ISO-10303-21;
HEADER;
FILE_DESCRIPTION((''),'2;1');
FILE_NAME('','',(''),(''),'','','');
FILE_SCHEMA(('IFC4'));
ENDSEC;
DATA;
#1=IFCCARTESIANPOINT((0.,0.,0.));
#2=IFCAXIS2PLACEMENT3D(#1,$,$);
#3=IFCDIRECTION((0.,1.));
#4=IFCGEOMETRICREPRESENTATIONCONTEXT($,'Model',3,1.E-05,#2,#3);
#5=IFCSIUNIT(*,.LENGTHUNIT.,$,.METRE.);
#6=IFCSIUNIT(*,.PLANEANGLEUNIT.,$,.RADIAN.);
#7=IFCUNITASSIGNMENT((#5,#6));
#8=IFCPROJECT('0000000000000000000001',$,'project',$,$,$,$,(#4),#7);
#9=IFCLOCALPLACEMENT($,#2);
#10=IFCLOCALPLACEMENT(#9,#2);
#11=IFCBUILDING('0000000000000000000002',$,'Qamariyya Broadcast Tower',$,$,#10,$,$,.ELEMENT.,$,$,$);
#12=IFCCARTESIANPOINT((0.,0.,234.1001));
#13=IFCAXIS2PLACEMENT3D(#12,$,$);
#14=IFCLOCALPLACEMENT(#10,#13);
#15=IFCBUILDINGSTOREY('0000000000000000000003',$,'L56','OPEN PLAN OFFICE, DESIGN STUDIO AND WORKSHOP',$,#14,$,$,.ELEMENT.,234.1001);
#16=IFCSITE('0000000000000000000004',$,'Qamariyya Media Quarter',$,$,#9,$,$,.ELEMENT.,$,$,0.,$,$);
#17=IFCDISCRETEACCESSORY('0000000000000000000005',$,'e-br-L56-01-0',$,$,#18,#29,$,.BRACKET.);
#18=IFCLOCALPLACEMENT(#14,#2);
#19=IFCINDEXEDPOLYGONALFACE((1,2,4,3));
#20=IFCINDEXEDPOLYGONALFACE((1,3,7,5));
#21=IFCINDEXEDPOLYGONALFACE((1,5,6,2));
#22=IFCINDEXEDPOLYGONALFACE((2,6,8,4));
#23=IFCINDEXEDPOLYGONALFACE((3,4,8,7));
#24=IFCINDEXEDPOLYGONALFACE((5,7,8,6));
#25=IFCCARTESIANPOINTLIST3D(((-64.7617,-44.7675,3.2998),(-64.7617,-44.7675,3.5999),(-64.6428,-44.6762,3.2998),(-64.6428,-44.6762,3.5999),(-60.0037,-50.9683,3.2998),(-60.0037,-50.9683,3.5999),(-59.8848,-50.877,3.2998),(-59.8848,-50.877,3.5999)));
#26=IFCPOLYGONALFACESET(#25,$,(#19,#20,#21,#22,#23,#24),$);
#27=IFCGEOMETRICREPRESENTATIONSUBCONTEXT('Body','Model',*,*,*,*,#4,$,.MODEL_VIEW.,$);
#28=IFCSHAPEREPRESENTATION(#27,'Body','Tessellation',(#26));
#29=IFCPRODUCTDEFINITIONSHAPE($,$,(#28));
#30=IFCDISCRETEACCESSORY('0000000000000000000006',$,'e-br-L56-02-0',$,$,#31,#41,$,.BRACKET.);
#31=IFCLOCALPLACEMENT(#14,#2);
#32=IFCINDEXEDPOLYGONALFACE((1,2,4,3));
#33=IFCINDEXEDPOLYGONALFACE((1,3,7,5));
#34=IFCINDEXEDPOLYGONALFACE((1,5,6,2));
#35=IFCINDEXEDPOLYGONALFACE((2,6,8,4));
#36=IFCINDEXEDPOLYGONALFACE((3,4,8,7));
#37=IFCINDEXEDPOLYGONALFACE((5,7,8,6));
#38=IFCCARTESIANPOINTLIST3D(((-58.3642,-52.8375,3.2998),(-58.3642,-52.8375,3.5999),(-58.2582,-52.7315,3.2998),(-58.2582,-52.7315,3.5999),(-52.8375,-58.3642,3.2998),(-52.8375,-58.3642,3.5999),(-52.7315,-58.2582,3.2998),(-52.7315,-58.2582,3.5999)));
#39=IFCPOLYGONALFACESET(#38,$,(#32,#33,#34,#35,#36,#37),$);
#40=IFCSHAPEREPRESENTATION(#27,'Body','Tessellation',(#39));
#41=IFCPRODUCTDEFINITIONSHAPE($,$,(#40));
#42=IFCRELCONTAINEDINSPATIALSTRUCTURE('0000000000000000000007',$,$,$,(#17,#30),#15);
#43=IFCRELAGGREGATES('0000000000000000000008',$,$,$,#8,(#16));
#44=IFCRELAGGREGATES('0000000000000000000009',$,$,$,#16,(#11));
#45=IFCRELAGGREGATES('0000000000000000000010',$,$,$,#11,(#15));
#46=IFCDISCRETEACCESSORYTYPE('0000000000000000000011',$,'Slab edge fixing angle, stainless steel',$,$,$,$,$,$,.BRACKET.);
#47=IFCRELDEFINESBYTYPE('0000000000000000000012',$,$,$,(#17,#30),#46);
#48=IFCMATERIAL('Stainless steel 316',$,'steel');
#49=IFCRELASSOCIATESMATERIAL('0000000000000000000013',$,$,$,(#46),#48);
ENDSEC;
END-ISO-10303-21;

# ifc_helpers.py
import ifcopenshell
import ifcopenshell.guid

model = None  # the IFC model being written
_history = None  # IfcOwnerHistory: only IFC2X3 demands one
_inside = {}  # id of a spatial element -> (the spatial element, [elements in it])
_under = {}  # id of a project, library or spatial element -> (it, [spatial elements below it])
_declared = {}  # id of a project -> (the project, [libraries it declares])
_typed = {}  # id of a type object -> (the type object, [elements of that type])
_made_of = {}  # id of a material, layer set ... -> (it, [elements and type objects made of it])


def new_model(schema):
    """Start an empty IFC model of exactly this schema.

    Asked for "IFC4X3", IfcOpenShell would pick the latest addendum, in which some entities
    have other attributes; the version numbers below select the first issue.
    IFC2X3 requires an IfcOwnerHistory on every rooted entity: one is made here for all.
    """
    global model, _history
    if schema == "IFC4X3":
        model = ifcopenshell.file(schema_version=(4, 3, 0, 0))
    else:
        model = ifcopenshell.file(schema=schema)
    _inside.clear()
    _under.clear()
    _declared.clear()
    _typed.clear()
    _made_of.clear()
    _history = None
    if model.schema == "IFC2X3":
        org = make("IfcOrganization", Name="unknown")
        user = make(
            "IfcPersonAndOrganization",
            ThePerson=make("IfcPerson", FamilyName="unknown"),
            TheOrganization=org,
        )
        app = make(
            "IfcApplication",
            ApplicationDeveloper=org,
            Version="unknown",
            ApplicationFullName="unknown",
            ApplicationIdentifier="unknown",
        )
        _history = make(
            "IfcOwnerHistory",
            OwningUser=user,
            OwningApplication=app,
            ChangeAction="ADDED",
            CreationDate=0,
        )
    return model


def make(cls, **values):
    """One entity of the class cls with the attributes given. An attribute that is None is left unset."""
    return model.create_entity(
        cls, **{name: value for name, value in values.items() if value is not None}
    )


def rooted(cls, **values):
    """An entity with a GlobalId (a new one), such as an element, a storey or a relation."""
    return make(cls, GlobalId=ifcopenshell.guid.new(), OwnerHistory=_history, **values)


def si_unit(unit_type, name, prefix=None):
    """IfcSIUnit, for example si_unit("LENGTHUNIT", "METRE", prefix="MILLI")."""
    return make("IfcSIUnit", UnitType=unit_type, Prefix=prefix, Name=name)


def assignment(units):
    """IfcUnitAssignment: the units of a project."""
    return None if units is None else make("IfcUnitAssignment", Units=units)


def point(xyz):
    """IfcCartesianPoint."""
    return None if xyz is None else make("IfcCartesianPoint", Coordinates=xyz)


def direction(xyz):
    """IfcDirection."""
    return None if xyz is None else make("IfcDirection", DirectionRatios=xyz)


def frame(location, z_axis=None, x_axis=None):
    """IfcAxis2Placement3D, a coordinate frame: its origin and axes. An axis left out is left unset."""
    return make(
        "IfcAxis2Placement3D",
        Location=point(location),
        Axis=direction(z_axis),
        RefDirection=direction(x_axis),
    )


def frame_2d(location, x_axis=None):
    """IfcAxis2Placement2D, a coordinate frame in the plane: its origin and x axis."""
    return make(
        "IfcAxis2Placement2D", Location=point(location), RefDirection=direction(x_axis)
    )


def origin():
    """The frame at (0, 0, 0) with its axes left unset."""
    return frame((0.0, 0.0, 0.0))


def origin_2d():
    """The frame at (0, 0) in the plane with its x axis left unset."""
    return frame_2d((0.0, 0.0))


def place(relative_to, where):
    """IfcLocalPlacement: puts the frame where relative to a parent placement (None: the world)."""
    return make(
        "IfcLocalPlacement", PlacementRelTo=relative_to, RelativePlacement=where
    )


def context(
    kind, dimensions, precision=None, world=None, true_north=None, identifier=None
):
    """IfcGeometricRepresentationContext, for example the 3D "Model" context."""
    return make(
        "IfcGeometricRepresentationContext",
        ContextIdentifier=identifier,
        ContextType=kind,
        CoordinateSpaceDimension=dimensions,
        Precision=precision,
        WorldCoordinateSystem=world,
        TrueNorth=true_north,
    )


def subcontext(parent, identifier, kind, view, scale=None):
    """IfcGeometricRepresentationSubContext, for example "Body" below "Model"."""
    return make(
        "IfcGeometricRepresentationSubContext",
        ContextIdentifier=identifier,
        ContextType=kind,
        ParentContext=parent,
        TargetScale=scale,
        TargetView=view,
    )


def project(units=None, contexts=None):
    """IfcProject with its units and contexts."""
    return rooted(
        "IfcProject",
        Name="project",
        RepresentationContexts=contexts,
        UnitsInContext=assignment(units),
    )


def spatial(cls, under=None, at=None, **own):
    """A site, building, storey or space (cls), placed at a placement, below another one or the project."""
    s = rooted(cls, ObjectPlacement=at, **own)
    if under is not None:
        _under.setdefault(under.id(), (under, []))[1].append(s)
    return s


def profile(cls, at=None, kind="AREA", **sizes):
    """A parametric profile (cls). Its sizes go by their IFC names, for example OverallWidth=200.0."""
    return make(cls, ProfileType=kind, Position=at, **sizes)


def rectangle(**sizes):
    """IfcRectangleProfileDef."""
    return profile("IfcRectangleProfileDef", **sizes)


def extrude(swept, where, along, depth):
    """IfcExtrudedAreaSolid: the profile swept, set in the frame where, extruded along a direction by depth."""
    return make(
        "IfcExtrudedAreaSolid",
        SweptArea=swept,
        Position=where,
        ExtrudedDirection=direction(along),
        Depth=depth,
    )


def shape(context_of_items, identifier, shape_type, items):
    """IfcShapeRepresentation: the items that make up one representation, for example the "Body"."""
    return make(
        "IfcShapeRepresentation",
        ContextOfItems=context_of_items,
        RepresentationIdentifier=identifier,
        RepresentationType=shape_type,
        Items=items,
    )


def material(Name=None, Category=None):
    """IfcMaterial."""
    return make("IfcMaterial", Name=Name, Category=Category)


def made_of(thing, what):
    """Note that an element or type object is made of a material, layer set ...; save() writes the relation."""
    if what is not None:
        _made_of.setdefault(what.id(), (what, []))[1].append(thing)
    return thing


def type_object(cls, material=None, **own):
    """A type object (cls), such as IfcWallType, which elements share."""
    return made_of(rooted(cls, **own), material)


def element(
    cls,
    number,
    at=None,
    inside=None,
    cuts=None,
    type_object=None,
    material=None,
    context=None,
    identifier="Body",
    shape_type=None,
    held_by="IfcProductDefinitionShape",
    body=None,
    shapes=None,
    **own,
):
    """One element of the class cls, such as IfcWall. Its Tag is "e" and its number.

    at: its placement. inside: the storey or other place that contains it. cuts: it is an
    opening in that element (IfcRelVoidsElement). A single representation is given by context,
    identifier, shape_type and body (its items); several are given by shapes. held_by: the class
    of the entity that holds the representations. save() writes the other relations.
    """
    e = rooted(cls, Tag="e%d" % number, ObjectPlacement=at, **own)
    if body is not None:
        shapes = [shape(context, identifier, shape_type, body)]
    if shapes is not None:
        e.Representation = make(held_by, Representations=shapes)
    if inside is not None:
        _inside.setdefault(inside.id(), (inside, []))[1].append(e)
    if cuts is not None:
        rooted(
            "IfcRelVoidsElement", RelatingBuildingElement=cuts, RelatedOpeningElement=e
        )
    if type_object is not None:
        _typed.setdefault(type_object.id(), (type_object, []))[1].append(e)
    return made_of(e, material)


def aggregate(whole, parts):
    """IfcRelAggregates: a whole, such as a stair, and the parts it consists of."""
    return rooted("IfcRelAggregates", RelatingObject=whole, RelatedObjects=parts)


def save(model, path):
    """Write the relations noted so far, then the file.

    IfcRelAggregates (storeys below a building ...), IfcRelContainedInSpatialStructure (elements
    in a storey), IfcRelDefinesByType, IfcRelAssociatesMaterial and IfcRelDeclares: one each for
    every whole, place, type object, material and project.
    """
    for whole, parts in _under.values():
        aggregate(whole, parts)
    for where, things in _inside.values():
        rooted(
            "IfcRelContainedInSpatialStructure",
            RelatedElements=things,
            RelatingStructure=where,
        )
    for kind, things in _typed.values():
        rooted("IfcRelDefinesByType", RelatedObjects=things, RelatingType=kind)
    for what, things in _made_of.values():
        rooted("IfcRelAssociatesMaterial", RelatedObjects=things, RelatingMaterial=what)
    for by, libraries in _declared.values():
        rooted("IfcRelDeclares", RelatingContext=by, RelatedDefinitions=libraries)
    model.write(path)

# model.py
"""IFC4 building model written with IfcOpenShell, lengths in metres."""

from ifc_helpers import new_model, si_unit, direction, frame, origin, origin_2d, place, context, subcontext, project, spatial, rectangle, extrude, material, type_object, element, save


model = new_model("IFC4")

# Units and contexts
model_context = context("Model", 3, precision=1e-05, world=origin(), true_north=direction((0.0, 1.0)))
body_context = subcontext(model_context, "Body", "Model", "MODEL_VIEW")
ifc_project = project(units=[si_unit("LENGTHUNIT", "METRE"), si_unit("PLANEANGLEUNIT", "RADIAN")], contexts=[model_context])

# Site, building, storey
site_placement = place(None, origin())
site = spatial("IfcSite", under=ifc_project, at=site_placement, Name="Qamariyya Media Quarter", CompositionType="ELEMENT", RefElevation=0.0)
building_placement = place(site_placement, origin())
building = spatial("IfcBuilding", under=site, at=building_placement, Name="Qamariyya Broadcast Tower", CompositionType="ELEMENT")
storey_placement = place(building_placement, frame((0.0, 0.0, 234.1001)))
storey = spatial("IfcBuildingStorey", under=building, at=storey_placement, Name="L56", Description="OPEN PLAN OFFICE, DESIGN STUDIO AND WORKSHOP", CompositionType="ELEMENT", Elevation=234.1001)

# Discrete accessories
ifc_material_1 = material(Name="Stainless steel 316", Category="steel")
discrete_accessory_type = type_object("IfcDiscreteAccessoryType", Name="Slab edge fixing angle, stainless steel", PredefinedType="BRACKET", material=ifc_material_1)
for number, where, z_axis, x_axis, name in (
    (1, (-62.3232, -47.8223, 3.2998), (0.0, 0.0, 1.0), (0.608761, -0.793353, 0.0), "e-br-L56-01-0"),
    (2, (-55.5479, -55.5479, 3.2998), (0.0, 0.0, 1.0), (0.707107, -0.707107, 0.0), "e-br-L56-02-0"),
):
    element("IfcDiscreteAccessory", number, at=place(storey_placement, frame(where, z_axis=z_axis, x_axis=x_axis)), inside=storey, type_object=discrete_accessory_type, Name=name, PredefinedType="BRACKET", context=body_context, shape_type="SweptSolid", body=[
        extrude(rectangle(XDim=7.8159, YDim=0.1499, at=origin_2d()), origin(), (0.0, 0.0, 1.0), 0.3),
    ])

save(model, "model.ifc")
